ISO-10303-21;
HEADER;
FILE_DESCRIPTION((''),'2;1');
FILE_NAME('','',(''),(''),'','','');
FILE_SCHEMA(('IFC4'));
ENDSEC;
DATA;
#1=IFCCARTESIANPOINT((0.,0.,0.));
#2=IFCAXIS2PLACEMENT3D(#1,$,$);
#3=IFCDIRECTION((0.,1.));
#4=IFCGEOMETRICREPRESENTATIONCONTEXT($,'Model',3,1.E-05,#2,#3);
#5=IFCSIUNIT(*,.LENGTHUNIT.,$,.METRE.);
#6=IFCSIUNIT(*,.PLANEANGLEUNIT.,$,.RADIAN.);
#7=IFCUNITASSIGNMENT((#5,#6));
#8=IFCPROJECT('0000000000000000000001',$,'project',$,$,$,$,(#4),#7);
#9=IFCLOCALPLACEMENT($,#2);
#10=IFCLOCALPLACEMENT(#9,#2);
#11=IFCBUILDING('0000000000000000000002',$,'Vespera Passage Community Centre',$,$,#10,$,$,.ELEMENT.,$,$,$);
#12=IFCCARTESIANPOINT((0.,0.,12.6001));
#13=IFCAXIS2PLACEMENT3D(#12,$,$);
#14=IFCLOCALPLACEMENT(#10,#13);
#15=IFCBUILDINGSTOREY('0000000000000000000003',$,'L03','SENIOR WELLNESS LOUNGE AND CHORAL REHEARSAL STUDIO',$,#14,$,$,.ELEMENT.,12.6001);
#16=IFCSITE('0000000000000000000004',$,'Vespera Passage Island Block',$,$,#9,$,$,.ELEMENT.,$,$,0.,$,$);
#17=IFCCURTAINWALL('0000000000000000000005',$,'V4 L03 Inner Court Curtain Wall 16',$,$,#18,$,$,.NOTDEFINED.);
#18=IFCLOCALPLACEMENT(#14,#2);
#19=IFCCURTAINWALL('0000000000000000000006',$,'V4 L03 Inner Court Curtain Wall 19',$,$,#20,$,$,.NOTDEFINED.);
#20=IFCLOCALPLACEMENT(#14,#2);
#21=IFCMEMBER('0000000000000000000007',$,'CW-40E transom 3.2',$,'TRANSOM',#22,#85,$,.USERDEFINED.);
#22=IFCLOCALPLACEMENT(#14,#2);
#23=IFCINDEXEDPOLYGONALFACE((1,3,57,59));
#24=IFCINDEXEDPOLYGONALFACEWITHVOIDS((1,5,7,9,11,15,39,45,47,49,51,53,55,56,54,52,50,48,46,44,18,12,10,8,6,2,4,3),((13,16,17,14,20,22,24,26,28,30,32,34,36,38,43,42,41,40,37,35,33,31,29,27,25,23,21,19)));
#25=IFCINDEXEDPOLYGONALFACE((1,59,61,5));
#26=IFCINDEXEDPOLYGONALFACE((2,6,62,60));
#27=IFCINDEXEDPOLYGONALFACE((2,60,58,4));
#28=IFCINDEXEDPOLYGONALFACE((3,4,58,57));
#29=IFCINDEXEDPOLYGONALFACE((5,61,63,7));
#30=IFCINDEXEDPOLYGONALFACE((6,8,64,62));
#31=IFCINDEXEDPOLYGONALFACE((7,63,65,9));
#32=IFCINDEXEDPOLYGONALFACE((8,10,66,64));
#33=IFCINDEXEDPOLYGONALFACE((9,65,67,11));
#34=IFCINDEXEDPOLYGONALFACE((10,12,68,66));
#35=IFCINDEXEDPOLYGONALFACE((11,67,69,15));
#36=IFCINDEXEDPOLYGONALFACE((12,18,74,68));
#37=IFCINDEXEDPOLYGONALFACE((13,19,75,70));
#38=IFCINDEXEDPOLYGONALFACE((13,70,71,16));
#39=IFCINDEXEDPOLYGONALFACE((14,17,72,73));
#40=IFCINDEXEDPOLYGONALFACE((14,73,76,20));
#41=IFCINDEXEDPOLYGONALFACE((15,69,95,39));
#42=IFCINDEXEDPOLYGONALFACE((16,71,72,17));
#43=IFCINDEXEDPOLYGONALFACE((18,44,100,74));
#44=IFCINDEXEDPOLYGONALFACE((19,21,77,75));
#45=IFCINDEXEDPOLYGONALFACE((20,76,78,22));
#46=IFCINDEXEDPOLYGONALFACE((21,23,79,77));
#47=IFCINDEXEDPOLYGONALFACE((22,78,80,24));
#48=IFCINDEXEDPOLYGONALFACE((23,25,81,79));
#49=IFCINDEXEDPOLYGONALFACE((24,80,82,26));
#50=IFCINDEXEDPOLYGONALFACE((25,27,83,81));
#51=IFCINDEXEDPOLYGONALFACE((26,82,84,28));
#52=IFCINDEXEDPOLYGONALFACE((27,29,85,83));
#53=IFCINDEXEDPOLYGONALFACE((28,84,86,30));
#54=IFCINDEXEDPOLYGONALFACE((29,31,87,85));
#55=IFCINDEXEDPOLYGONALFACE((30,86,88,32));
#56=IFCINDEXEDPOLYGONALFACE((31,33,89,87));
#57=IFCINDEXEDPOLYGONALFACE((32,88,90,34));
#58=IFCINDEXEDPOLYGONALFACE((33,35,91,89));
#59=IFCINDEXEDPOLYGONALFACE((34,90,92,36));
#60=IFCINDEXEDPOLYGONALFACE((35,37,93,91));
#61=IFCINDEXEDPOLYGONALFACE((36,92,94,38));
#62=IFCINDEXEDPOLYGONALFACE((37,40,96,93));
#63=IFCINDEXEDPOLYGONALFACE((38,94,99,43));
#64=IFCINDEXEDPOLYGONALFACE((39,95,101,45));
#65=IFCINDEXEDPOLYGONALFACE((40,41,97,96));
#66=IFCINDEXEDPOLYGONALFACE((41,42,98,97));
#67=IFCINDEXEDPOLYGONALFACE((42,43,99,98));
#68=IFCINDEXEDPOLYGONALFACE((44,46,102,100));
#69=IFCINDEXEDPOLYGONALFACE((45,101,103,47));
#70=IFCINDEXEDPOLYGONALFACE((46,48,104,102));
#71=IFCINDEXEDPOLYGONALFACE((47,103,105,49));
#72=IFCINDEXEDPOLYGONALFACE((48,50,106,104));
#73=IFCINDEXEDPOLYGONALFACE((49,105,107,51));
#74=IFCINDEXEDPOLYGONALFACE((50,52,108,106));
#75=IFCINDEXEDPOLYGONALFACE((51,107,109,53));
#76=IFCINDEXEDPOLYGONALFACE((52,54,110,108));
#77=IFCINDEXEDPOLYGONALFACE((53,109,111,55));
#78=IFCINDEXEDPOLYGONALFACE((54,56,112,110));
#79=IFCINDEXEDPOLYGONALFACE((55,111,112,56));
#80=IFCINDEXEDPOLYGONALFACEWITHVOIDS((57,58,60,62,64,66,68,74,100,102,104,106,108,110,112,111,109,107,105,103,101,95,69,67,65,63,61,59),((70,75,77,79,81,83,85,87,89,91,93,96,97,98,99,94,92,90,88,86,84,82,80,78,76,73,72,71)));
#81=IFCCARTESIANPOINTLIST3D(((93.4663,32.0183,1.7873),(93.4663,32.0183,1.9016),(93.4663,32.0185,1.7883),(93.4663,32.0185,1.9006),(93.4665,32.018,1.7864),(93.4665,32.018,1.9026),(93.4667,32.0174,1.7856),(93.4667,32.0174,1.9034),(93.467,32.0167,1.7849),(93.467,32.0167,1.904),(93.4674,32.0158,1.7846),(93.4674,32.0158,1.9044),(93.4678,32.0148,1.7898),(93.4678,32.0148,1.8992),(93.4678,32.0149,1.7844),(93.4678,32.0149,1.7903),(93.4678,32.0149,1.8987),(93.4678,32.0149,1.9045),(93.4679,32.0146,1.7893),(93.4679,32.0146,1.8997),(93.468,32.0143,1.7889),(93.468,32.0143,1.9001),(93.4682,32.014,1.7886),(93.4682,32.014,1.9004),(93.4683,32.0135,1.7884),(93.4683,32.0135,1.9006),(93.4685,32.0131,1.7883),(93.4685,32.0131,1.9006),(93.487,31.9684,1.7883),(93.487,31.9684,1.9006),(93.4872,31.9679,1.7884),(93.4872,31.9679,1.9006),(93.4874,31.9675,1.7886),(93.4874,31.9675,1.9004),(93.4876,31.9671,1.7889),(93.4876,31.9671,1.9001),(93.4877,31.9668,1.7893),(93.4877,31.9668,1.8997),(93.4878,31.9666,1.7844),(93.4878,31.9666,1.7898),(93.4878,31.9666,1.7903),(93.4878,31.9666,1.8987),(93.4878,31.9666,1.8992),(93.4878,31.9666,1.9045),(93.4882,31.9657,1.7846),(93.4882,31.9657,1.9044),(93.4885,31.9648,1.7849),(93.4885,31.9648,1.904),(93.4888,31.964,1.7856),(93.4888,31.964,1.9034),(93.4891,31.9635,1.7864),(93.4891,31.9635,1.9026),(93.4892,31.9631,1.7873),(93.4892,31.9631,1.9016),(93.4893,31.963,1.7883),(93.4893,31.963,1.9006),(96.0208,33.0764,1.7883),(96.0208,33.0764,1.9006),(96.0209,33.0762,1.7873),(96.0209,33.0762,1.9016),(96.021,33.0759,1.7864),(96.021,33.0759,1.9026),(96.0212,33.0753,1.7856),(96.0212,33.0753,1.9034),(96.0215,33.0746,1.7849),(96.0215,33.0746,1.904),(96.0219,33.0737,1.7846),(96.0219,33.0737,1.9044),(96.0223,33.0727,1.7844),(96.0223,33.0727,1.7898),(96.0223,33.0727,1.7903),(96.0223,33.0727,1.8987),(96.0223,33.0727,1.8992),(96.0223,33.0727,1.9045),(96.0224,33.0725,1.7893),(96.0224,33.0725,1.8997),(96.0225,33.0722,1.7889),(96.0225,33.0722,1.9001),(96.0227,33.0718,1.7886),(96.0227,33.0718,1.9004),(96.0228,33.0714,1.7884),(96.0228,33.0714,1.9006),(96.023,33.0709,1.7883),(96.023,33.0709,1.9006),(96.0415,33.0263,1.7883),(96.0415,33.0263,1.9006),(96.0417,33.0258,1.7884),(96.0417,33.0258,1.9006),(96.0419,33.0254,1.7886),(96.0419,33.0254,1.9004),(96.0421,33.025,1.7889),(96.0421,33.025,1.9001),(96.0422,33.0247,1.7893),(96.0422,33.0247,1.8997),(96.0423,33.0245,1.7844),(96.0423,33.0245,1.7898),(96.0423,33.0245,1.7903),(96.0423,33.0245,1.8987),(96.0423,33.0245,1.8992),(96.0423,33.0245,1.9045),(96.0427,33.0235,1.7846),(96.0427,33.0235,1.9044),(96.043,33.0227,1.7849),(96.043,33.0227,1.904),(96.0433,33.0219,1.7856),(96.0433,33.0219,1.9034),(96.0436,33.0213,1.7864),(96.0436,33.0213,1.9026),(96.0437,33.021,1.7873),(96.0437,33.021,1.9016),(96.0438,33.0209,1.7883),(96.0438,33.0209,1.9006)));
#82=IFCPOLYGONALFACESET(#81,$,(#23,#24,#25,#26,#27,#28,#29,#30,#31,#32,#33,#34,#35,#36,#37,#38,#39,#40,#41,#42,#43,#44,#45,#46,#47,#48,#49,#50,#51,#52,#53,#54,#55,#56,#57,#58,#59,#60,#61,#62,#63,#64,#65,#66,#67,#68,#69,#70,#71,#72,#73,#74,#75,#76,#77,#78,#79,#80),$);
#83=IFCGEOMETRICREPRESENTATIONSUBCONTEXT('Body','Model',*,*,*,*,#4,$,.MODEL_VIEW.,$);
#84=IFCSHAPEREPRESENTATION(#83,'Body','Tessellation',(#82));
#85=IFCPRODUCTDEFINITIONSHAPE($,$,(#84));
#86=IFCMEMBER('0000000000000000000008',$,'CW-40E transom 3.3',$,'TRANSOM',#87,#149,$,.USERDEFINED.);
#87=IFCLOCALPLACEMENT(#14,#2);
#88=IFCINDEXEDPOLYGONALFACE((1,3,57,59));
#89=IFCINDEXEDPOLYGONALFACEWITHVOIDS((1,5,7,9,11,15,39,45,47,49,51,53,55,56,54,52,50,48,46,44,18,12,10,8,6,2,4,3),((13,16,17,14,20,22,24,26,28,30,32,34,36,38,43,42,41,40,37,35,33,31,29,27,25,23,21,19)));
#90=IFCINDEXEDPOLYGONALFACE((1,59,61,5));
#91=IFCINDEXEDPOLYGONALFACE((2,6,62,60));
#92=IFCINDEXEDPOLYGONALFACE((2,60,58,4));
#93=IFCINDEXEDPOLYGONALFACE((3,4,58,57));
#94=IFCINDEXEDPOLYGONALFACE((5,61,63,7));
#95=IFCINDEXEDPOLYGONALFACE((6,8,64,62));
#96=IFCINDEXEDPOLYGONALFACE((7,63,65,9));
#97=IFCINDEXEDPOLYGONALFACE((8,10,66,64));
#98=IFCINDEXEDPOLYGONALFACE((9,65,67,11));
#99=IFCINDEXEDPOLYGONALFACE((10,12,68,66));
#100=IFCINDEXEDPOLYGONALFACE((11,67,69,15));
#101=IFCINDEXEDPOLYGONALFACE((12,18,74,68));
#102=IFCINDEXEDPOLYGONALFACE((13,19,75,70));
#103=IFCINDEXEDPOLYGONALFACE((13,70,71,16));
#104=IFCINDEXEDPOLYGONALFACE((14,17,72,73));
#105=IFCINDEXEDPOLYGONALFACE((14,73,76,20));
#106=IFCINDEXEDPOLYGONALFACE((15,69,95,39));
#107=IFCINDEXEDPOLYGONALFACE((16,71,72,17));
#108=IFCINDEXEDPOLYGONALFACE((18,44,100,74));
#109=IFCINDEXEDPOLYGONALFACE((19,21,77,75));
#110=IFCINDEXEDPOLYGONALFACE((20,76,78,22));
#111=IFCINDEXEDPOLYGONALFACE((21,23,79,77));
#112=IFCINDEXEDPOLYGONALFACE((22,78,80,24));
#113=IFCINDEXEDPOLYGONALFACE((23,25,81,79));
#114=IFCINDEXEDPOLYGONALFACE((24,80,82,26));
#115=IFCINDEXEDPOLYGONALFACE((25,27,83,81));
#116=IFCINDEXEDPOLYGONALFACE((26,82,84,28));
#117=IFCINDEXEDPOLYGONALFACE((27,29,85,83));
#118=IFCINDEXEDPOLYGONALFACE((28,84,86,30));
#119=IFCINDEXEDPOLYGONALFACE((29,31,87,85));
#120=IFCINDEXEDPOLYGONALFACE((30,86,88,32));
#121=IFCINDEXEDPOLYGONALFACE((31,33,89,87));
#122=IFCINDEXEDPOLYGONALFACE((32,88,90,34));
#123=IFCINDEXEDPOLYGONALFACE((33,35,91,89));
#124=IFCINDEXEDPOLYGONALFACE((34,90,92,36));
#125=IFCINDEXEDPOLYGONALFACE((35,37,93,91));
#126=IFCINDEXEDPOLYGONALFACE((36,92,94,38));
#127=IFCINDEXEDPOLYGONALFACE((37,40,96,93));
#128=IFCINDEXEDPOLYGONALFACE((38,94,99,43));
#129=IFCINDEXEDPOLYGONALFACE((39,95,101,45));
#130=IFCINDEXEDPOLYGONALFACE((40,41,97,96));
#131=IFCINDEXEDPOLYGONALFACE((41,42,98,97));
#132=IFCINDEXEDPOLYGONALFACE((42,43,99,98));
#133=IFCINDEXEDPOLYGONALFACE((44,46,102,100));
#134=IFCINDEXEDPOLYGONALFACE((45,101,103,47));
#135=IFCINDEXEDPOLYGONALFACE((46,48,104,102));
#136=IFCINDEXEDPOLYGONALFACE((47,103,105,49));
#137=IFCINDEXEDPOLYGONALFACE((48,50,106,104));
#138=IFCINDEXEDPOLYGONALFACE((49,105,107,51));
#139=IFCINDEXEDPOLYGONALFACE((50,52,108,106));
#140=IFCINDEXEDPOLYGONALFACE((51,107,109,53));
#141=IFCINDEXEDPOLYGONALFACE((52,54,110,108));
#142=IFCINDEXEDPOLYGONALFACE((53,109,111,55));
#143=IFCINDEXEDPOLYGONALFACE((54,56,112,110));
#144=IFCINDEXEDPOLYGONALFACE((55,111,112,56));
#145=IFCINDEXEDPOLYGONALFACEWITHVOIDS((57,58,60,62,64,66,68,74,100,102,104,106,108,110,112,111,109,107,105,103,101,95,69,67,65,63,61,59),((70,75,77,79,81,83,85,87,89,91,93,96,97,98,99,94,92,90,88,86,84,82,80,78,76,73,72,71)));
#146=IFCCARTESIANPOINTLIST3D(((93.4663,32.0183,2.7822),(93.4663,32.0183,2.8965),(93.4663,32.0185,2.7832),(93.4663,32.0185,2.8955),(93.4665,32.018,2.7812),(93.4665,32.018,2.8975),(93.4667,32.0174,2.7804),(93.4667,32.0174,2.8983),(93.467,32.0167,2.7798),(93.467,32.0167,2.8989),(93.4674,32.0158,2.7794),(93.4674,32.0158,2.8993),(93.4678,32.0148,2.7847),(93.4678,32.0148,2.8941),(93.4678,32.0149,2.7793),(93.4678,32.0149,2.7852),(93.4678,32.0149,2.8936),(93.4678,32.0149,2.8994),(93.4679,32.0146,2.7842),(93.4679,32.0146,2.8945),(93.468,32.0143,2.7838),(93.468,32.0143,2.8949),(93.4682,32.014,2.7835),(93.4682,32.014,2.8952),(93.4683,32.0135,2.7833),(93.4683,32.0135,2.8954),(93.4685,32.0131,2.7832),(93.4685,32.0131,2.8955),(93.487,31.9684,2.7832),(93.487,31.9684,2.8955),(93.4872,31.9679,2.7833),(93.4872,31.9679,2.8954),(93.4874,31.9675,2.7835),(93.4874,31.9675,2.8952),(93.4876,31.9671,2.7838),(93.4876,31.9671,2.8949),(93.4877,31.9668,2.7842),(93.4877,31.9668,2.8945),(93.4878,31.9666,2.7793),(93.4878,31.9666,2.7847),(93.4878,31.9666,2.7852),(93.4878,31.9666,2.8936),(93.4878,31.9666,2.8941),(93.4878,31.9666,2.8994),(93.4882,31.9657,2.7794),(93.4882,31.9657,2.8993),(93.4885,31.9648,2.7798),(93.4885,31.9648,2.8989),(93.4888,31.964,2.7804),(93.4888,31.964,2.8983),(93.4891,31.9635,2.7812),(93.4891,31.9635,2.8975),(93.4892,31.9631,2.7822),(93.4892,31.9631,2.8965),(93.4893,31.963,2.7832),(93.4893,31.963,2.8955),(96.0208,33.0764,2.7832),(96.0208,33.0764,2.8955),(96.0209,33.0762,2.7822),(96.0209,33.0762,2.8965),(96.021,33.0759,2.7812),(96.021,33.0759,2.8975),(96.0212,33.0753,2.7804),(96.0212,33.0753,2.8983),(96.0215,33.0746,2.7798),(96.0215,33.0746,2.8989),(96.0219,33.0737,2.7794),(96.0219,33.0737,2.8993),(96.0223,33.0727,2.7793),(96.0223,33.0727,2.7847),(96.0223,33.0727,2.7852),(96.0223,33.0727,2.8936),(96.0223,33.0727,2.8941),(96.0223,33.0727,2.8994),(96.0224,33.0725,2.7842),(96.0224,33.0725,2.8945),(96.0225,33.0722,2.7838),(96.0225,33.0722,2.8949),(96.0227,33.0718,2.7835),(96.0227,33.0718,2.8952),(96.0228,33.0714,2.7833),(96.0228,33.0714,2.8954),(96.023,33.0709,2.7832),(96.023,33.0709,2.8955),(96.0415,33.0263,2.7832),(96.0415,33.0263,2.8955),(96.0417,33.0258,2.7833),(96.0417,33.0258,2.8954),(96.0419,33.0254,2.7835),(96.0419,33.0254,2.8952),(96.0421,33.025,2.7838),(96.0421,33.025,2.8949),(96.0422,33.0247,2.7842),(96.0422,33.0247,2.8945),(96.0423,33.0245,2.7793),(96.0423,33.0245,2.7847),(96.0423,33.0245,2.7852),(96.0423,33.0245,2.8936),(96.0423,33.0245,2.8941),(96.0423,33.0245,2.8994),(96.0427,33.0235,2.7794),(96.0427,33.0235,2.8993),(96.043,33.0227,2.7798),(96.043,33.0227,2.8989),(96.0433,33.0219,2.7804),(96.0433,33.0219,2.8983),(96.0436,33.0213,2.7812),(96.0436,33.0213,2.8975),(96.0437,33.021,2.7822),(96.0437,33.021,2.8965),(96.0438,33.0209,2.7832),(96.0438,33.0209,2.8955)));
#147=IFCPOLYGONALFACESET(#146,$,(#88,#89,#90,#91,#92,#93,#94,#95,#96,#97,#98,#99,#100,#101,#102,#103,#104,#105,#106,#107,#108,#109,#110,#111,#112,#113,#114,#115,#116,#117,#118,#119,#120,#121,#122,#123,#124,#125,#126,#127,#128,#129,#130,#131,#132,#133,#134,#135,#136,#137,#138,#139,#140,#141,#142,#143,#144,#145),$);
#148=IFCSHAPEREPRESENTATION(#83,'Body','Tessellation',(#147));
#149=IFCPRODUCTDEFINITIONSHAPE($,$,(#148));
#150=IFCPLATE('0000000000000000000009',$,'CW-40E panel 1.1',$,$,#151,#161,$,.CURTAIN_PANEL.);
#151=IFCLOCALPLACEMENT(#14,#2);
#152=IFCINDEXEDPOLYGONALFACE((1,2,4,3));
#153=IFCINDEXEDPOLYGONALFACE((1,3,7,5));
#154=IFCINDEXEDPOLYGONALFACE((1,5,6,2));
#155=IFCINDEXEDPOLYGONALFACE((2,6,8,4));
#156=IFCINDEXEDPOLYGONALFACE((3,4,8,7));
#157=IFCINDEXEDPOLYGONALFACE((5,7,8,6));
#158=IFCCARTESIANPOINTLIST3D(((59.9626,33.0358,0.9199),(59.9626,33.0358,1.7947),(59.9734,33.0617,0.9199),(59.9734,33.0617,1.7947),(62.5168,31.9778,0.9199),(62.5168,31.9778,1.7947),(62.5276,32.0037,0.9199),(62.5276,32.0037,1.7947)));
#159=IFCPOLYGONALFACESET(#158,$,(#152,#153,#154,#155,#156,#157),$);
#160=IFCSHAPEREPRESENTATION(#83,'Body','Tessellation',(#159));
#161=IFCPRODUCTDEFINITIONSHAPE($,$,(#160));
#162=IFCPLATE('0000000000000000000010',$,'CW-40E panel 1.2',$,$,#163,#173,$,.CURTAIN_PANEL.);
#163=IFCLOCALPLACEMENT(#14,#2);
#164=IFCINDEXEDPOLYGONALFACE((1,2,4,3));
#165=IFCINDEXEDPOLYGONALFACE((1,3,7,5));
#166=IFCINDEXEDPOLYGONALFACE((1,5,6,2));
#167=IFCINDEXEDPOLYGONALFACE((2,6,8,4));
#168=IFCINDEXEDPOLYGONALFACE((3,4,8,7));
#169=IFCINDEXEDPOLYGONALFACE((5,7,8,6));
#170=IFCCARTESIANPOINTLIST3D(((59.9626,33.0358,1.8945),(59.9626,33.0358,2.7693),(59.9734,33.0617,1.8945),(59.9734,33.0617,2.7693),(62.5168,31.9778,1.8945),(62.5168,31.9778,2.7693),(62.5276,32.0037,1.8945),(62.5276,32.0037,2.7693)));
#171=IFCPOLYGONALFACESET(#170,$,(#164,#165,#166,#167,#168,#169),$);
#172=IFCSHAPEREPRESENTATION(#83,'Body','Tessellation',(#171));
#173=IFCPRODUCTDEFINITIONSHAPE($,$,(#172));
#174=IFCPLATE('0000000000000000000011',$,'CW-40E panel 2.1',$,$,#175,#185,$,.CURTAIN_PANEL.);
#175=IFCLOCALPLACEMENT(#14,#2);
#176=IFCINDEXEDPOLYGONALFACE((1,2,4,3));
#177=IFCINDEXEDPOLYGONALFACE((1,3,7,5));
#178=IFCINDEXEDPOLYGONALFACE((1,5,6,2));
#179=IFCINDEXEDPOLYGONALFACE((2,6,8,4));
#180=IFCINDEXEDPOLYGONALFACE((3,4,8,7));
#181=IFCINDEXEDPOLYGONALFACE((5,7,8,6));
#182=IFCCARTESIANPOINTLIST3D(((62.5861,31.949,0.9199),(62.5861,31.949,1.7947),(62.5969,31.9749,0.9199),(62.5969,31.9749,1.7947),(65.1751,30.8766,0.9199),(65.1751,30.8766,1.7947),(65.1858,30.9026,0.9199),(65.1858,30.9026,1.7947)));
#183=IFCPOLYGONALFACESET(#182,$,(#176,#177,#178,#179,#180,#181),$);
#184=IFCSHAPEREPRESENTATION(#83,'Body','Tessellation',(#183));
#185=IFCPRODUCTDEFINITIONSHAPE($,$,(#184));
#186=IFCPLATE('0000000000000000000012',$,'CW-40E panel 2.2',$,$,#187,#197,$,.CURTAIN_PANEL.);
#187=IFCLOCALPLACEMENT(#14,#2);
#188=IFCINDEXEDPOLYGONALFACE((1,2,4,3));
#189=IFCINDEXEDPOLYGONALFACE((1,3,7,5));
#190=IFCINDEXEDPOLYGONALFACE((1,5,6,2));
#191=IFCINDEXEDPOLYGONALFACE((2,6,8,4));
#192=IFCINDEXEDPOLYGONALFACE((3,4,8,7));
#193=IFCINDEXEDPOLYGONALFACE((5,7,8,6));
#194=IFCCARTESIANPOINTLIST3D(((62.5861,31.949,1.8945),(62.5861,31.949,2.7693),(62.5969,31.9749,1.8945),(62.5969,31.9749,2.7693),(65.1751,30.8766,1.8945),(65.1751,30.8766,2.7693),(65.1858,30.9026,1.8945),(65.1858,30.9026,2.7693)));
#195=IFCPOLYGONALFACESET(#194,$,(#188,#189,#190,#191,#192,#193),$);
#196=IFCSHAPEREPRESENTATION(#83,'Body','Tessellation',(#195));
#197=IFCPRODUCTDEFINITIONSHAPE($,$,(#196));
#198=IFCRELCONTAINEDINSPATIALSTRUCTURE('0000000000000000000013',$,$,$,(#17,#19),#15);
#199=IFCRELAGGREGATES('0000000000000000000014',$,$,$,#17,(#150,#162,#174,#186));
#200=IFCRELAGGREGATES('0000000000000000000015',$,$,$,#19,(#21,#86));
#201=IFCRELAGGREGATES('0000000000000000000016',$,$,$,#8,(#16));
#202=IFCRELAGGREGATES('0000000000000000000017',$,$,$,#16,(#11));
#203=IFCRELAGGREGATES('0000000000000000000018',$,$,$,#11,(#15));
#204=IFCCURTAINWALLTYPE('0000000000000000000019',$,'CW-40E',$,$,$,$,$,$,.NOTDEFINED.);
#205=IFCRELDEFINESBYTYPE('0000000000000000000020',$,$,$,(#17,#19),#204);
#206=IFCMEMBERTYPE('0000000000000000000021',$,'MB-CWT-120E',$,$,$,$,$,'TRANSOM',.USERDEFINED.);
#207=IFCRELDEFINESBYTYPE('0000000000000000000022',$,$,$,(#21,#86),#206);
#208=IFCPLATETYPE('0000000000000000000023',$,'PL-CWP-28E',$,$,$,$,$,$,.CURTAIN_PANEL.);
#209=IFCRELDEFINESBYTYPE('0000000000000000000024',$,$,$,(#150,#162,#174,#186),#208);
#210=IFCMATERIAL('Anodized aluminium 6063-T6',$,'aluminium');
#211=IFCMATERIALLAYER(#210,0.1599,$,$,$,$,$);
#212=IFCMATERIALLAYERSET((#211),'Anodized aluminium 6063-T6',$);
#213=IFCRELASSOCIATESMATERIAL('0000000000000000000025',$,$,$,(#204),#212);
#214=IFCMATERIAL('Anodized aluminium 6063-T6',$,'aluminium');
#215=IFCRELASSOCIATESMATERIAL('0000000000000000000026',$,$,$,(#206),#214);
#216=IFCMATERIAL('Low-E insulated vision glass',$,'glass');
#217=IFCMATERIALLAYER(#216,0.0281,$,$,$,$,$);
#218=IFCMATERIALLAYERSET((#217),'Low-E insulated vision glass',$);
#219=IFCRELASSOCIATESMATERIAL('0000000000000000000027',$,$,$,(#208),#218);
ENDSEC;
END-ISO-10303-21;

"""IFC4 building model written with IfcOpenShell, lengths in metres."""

from ifc_helpers import new_model, si_unit, direction, frame, origin, origin_2d, place, context, subcontext, project, spatial, rectangle, hollow_rectangle, extrude, material, layer, layer_set, material_profile, profile_set, type_object, element, aggregate, save


model = new_model("IFC4")

# Units and contexts
model_context = context("Model", 3, precision=1e-05, world=origin(), true_north=direction((0.0, 1.0)))
body_context = subcontext(model_context, "Body", "Model", "MODEL_VIEW")
ifc_project = project(units=[si_unit("LENGTHUNIT", "METRE"), si_unit("PLANEANGLEUNIT", "RADIAN")], contexts=[model_context])

# Site, building, storey
site_placement = place(None, origin())
site = spatial("IfcSite", under=ifc_project, at=site_placement, Name="Vespera Passage Island Block", CompositionType="ELEMENT", RefElevation=0.0)
building_placement = place(site_placement, origin())
building = spatial("IfcBuilding", under=site, at=building_placement, Name="Vespera Passage Community Centre", CompositionType="ELEMENT")
storey_placement = place(building_placement, frame((0.0, 0.0, 12.6001)))
storey = spatial("IfcBuildingStorey", under=building, at=storey_placement, Name="L03", Description="SENIOR WELLNESS LOUNGE AND CHORAL REHEARSAL STUDIO", CompositionType="ELEMENT", Elevation=12.6001)

# Curtain walls
ifc_material_1 = material(Name="Anodized aluminium 6063-T6", Category="aluminium")
ifc_layer_1 = layer(ifc_material_1, 0.1599)
ifc_layer_set_1 = layer_set([ifc_layer_1], Name="Anodized aluminium 6063-T6")
curtain_wall_type = type_object("IfcCurtainWallType", Name="CW-40E", PredefinedType="NOTDEFINED", material=ifc_layer_set_1)
curtain_wall_1_placement = place(storey_placement, origin())
curtain_wall_1 = element("IfcCurtainWall", 1, at=curtain_wall_1_placement, inside=storey, type_object=curtain_wall_type, Name="V4 L03 Inner Court Curtain Wall 16", PredefinedType="NOTDEFINED")
curtain_wall_2_placement = place(storey_placement, origin())
curtain_wall_2 = element("IfcCurtainWall", 2, at=curtain_wall_2_placement, inside=storey, type_object=curtain_wall_type, Name="V4 L03 Inner Court Curtain Wall 19", PredefinedType="NOTDEFINED")

# Members
ifc_material_2 = material(Name="Anodized aluminium 6063-T6", Category="aluminium")
ifc_material_profile_1 = material_profile(ifc_material_2, hollow_rectangle(XDim=0.0601, YDim=0.1201, WallThickness=0.0039, InnerFilletRadius=0.002, OuterFilletRadius=0.0039, at=origin_2d()), Name="ALU120X60X4")
ifc_profile_set_1 = profile_set([ifc_material_profile_1], Name="Anodized aluminium 6063-T6")
member_type_1 = type_object("IfcMemberType", Name="MB-CWT-120E", ElementType="TRANSOM", PredefinedType="USERDEFINED", material=ifc_profile_set_1)
member_1_placement = place(storey_placement, frame((93.4778, 31.9907, 1.8445), z_axis=(0.923908, 0.382614, 0.0), x_axis=(-0.382614, 0.923908, 0.0)))
member_1 = element("IfcMember", 3, at=member_1_placement, type_object=member_type_1, Name="CW-40E transom 3.2", ObjectType="TRANSOM", PredefinedType="USERDEFINED", context=body_context, shape_type="SweptSolid", body=[
    extrude(hollow_rectangle(XDim=0.0601, YDim=0.1201, WallThickness=0.0039, InnerFilletRadius=0.002, OuterFilletRadius=0.0039, at=origin_2d()), origin(), (0.0, 0.0, 1.0), 2.7649),
])
member_2_placement = place(storey_placement, frame((93.4778, 31.9907, 2.8394), z_axis=(0.923908, 0.382614, 0.0), x_axis=(-0.382614, 0.923908, 0.0)))
member_2 = element("IfcMember", 4, at=member_2_placement, type_object=member_type_1, Name="CW-40E transom 3.3", ObjectType="TRANSOM", PredefinedType="USERDEFINED", context=body_context, shape_type="SweptSolid", body=[
    extrude(hollow_rectangle(XDim=0.0601, YDim=0.1201, WallThickness=0.0039, InnerFilletRadius=0.002, OuterFilletRadius=0.0039, at=origin_2d()), origin(), (0.0, 0.0, 1.0), 2.7649),
])

# Plates
ifc_material_3 = material(Name="Low-E insulated vision glass", Category="glass")
ifc_layer_2 = layer(ifc_material_3, 0.0281)
ifc_layer_set_2 = layer_set([ifc_layer_2], Name="Low-E insulated vision glass")
plate_type = type_object("IfcPlateType", Name="PL-CWP-28E", PredefinedType="CURTAIN_PANEL", material=ifc_layer_set_2)
plate_1_placement = place(storey_placement, frame((61.2451, 32.5198, 0.9199), z_axis=(0.0, 0.0, 1.0), x_axis=(0.923877, -0.38269, 0.0)))
plate_1 = element("IfcPlate", 5, at=plate_1_placement, type_object=plate_type, Name="CW-40E panel 1.1", PredefinedType="CURTAIN_PANEL", context=body_context, shape_type="SweptSolid", body=[
    extrude(rectangle(XDim=2.7646, YDim=0.0281, at=origin_2d()), origin(), (0.0, 0.0, 1.0), 0.8748),
])
plate_2_placement = place(storey_placement, frame((61.2451, 32.5198, 1.8945), z_axis=(0.0, 0.0, 1.0), x_axis=(0.923877, -0.38269, 0.0)))
plate_2 = element("IfcPlate", 6, at=plate_2_placement, type_object=plate_type, Name="CW-40E panel 1.2", PredefinedType="CURTAIN_PANEL", context=body_context, shape_type="SweptSolid", body=[
    extrude(rectangle(XDim=2.7646, YDim=0.0281, at=origin_2d()), origin(), (0.0, 0.0, 1.0), 0.8748),
])
plate_3_placement = place(storey_placement, frame((63.886, 31.4258, 0.9199), z_axis=(0.0, 0.0, 1.0), x_axis=(0.923877, -0.38269, 0.0)))
plate_3 = element("IfcPlate", 7, at=plate_3_placement, type_object=plate_type, Name="CW-40E panel 2.1", PredefinedType="CURTAIN_PANEL", context=body_context, shape_type="SweptSolid", body=[
    extrude(rectangle(XDim=2.8022, YDim=0.0281, at=origin_2d()), origin(), (0.0, 0.0, 1.0), 0.8748),
])
plate_4_placement = place(storey_placement, frame((63.886, 31.4258, 1.8945), z_axis=(0.0, 0.0, 1.0), x_axis=(0.923877, -0.38269, 0.0)))
plate_4 = element("IfcPlate", 8, at=plate_4_placement, type_object=plate_type, Name="CW-40E panel 2.2", PredefinedType="CURTAIN_PANEL", context=body_context, shape_type="SweptSolid", body=[
    extrude(rectangle(XDim=2.8022, YDim=0.0281, at=origin_2d()), origin(), (0.0, 0.0, 1.0), 0.8748),
])
aggregate(curtain_wall_1, [plate_1, plate_2, plate_3, plate_4])
aggregate(curtain_wall_2, [member_1, member_2])

save(model, "model.ifc")
